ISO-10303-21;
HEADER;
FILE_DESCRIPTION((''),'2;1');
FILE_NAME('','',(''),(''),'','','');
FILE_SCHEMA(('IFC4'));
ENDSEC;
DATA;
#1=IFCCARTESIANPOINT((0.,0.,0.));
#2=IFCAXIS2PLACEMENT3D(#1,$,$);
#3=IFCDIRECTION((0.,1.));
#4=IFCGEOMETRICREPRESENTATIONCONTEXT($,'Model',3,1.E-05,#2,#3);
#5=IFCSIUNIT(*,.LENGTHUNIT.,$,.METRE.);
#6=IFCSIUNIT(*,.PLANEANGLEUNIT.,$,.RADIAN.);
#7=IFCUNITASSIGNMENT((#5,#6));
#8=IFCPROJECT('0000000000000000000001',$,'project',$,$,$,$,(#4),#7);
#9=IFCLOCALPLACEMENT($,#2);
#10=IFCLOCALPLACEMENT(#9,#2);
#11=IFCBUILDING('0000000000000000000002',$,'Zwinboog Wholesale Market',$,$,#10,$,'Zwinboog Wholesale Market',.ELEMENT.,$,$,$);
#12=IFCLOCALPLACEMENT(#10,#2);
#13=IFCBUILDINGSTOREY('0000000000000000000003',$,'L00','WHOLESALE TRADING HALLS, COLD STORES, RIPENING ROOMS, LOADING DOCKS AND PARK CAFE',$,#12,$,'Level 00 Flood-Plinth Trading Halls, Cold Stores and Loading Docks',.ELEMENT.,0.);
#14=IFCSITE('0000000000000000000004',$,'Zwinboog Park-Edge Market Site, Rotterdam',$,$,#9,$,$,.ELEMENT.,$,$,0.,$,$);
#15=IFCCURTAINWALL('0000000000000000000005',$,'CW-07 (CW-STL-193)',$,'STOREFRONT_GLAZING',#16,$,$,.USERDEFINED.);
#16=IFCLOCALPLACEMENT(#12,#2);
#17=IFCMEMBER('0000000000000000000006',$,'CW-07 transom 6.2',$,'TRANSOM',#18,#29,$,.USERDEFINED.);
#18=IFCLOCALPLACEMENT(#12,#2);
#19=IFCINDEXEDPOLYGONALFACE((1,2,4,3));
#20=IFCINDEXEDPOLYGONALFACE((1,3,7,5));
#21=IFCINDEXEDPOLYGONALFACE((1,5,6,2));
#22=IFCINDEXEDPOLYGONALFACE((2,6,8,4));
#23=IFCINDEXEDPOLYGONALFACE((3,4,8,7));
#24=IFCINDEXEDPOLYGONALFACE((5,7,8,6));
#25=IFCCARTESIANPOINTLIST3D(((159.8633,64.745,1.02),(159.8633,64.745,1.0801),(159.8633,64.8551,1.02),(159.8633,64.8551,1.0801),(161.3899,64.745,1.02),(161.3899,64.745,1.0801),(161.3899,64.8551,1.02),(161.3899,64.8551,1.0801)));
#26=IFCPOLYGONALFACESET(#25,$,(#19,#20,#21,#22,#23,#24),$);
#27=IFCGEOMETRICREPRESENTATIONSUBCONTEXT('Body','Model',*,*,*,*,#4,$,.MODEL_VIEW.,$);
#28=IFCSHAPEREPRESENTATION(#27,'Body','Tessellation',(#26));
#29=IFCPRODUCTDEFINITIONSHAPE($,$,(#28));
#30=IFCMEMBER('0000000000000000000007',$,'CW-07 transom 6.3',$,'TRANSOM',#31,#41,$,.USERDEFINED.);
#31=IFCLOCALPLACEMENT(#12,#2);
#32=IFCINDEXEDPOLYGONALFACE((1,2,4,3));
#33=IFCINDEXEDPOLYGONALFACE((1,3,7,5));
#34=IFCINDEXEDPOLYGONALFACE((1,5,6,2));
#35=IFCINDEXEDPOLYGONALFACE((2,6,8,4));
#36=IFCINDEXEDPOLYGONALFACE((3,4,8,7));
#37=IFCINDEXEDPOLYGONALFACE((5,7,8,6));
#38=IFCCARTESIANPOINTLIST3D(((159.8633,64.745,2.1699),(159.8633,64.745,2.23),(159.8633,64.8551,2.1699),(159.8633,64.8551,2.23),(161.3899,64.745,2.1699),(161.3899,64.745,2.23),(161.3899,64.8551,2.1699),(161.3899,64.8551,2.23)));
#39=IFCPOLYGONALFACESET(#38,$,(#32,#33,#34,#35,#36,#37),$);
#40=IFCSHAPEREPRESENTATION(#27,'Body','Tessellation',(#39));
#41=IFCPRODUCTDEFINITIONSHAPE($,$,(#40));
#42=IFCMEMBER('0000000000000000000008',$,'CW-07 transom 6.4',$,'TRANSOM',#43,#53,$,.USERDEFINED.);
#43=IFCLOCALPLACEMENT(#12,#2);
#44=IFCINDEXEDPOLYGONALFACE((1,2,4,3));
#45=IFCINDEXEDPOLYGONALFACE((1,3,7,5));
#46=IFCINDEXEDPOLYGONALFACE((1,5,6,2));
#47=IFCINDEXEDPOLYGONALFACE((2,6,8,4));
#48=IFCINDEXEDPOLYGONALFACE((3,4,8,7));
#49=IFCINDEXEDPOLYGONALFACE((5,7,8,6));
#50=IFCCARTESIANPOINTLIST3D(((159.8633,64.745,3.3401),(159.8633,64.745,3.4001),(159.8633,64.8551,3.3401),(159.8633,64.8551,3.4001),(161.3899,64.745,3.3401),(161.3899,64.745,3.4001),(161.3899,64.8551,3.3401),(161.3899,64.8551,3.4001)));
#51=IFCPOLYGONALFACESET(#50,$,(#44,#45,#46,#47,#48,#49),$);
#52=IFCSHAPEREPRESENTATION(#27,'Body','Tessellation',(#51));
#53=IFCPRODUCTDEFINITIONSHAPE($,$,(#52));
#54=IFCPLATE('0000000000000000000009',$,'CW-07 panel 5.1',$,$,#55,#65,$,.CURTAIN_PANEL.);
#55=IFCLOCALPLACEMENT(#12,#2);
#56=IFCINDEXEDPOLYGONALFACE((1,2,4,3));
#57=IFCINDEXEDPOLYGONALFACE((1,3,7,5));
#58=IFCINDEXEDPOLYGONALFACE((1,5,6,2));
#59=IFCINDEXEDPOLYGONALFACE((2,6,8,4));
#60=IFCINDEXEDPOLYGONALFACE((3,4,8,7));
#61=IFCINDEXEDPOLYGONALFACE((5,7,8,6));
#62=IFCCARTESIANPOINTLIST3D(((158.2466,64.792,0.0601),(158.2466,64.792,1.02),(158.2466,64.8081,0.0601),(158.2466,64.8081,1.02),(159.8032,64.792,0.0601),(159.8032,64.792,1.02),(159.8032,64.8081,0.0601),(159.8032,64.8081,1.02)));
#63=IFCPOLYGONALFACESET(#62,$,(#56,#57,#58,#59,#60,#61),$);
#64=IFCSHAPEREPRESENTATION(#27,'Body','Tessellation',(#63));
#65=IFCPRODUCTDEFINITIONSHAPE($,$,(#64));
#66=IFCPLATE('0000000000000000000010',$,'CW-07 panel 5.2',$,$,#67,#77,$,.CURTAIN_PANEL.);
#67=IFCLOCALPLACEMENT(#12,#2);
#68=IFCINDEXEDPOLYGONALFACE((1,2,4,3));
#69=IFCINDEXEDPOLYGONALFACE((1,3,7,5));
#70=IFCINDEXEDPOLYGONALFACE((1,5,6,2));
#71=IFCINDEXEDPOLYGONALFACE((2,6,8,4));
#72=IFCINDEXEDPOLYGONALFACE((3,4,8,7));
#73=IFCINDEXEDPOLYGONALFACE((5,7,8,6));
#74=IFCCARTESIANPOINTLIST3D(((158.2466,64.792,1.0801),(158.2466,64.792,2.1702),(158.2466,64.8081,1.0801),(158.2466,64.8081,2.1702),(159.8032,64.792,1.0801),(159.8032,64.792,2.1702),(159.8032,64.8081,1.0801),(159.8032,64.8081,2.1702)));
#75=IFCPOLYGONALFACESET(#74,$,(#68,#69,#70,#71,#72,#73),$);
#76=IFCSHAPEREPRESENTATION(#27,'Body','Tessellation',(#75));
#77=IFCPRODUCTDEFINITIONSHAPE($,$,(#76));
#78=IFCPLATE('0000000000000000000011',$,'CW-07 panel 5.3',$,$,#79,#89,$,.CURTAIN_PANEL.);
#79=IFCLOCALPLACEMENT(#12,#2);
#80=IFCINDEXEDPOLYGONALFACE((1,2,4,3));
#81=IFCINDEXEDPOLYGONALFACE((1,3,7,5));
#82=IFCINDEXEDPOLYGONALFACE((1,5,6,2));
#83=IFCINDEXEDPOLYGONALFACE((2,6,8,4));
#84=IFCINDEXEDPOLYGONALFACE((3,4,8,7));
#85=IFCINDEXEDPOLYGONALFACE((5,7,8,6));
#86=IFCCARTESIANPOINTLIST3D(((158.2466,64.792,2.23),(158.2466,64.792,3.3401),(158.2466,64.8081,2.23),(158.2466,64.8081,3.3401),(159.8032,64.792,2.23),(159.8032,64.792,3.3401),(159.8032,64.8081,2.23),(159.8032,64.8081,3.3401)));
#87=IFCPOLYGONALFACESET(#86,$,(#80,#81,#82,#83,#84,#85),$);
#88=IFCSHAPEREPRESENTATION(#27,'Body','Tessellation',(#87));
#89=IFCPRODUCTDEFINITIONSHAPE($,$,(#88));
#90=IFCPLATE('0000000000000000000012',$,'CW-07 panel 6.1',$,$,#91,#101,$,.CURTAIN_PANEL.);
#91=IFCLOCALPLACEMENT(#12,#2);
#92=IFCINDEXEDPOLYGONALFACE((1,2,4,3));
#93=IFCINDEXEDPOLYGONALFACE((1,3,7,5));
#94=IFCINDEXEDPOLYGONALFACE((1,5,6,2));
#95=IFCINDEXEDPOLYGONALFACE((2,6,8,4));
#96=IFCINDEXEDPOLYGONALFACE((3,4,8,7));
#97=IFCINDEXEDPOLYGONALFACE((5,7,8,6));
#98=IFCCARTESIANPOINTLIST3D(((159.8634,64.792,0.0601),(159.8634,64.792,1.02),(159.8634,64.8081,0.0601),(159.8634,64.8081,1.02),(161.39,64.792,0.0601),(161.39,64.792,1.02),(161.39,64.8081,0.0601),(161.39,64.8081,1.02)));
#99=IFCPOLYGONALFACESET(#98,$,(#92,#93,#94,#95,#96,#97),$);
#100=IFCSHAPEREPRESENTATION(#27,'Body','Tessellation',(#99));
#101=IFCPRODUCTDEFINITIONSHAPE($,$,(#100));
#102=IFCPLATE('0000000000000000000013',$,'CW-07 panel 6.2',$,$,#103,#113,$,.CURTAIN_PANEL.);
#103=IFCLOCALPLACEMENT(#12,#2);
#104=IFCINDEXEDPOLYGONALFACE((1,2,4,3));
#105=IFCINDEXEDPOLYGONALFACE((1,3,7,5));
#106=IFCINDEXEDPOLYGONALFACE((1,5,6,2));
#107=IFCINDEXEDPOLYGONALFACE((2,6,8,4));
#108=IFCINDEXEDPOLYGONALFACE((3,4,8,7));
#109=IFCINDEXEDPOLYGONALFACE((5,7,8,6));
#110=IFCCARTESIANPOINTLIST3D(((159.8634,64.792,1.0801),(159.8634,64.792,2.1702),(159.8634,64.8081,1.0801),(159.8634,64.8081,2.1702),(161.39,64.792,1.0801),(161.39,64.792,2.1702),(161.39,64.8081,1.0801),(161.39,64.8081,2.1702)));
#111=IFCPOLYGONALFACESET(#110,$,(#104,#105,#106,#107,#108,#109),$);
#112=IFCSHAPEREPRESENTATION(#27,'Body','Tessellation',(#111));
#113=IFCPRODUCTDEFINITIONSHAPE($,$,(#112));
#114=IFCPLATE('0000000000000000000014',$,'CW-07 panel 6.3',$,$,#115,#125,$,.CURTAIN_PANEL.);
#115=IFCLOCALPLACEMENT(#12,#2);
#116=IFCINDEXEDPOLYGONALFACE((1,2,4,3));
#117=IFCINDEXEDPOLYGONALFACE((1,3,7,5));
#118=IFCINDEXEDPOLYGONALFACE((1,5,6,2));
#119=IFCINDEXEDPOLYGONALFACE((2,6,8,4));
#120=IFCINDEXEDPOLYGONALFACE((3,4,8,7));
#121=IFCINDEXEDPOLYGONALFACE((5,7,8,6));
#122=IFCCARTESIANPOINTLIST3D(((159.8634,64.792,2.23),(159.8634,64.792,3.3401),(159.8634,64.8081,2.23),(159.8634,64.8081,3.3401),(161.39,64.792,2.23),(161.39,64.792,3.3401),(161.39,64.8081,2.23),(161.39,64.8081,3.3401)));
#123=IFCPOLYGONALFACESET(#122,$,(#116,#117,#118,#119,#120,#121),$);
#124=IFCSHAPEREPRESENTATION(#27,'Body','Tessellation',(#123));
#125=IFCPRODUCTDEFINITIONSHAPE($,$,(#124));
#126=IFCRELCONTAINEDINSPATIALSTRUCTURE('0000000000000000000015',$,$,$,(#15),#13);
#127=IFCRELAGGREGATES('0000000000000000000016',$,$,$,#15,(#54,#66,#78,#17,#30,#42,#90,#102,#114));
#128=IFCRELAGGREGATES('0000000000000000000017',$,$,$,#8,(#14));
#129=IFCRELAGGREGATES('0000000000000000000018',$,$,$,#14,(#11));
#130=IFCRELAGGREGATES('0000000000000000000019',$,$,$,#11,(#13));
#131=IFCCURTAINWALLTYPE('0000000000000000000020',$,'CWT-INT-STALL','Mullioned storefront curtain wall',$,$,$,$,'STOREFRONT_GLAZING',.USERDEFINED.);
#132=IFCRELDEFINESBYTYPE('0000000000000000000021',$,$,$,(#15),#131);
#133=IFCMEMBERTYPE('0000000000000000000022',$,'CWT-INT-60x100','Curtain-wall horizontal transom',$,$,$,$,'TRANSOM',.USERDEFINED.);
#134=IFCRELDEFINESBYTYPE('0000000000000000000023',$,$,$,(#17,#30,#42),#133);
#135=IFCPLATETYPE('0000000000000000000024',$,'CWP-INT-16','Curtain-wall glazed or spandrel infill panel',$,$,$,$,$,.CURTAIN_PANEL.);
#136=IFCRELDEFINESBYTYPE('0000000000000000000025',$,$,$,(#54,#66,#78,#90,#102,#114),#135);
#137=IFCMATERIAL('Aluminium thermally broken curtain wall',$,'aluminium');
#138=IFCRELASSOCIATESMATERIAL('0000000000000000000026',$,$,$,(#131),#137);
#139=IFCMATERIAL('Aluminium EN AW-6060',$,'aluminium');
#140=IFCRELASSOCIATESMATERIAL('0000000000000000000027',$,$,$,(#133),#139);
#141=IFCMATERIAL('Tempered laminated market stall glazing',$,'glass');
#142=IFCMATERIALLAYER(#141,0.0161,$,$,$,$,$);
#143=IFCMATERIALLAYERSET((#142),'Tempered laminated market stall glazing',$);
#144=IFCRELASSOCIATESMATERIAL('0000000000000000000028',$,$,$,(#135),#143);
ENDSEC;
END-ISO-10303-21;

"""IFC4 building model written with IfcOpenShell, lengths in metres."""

from ifc_helpers import new_model, si_unit, direction, frame, origin, origin_2d, place, context, subcontext, project, spatial, rectangle, extrude, material, layer, layer_set, material_profile, profile_set, type_object, element, aggregate, save


model = new_model("IFC4")

# Units and contexts
model_context = context("Model", 3, precision=1e-05, world=origin(), true_north=direction((0.0, 1.0)))
body_context = subcontext(model_context, "Body", "Model", "MODEL_VIEW")
ifc_project = project(units=[si_unit("LENGTHUNIT", "METRE"), si_unit("PLANEANGLEUNIT", "RADIAN")], contexts=[model_context])

# Site, building, storey
site_placement = place(None, origin())
site = spatial("IfcSite", under=ifc_project, at=site_placement, Name="Zwinboog Park-Edge Market Site, Rotterdam", CompositionType="ELEMENT", RefElevation=0.0)
building_placement = place(site_placement, origin())
building = spatial("IfcBuilding", under=site, at=building_placement, Name="Zwinboog Wholesale Market", LongName="Zwinboog Wholesale Market", CompositionType="ELEMENT")
storey_placement = place(building_placement, origin())
storey = spatial("IfcBuildingStorey", under=building, at=storey_placement, Name="L00", Description="WHOLESALE TRADING HALLS, COLD STORES, RIPENING ROOMS, LOADING DOCKS AND PARK CAFE", LongName="Level 00 Flood-Plinth Trading Halls, Cold Stores and Loading Docks", CompositionType="ELEMENT", Elevation=0.0)

# Curtain wall
ifc_material_1 = material(Name="Aluminium thermally broken curtain wall", Category="aluminium")
curtain_wall_type = type_object("IfcCurtainWallType", Name="CWT-INT-STALL", Description="Mullioned storefront curtain wall", ElementType="STOREFRONT_GLAZING", PredefinedType="USERDEFINED", material=ifc_material_1)
curtain_wall_1_placement = place(storey_placement, origin())
curtain_wall_1 = element("IfcCurtainWall", 1, at=curtain_wall_1_placement, inside=storey, type_object=curtain_wall_type, Name="CW-07 (CW-STL-193)", ObjectType="STOREFRONT_GLAZING", PredefinedType="USERDEFINED")
ifc_material_2 = material(Name="Aluminium EN AW-6060", Category="aluminium")

# Members
ifc_material_profile_1 = material_profile(ifc_material_2, rectangle(XDim=0.1101, YDim=0.0601, at=origin_2d()), Name="AL 60x110")
ifc_profile_set_1 = profile_set([ifc_material_profile_1], Name="Aluminium EN AW-6060")
member_type_1 = type_object("IfcMemberType", Name="CWT-INT-60x100", Description="Curtain-wall horizontal transom", ElementType="TRANSOM", PredefinedType="USERDEFINED", material=ifc_profile_set_1)
member_1_placement = place(storey_placement, frame((159.8633, 64.8, 1.05), z_axis=(1.0, 0.0, 0.0), x_axis=(0.0, 1.0, 0.0)))
member_1 = element("IfcMember", 2, at=member_1_placement, type_object=member_type_1, Name="CW-07 transom 6.2", ObjectType="TRANSOM", PredefinedType="USERDEFINED", context=body_context, shape_type="SweptSolid", body=[
    extrude(rectangle(XDim=0.1101, YDim=0.0601, at=origin_2d()), origin(), (0.0, 0.0, 1.0), 1.5266),
])
member_2_placement = place(storey_placement, frame((159.8633, 64.8, 2.2), z_axis=(1.0, 0.0, 0.0), x_axis=(0.0, 1.0, 0.0)))
member_2 = element("IfcMember", 3, at=member_2_placement, type_object=member_type_1, Name="CW-07 transom 6.3", ObjectType="TRANSOM", PredefinedType="USERDEFINED", context=body_context, shape_type="SweptSolid", body=[
    extrude(rectangle(XDim=0.1101, YDim=0.0601, at=origin_2d()), origin(), (0.0, 0.0, 1.0), 1.5266),
])
member_3_placement = place(storey_placement, frame((159.8633, 64.8, 3.3701), z_axis=(1.0, 0.0, 0.0), x_axis=(0.0, 1.0, 0.0)))
member_3 = element("IfcMember", 4, at=member_3_placement, type_object=member_type_1, Name="CW-07 transom 6.4", ObjectType="TRANSOM", PredefinedType="USERDEFINED", context=body_context, shape_type="SweptSolid", body=[
    extrude(rectangle(XDim=0.1101, YDim=0.0601, at=origin_2d()), origin(), (0.0, 0.0, 1.0), 1.5266),
])

# Plates
ifc_material_3 = material(Name="Tempered laminated market stall glazing", Category="glass")
ifc_layer = layer(ifc_material_3, 0.0161)
ifc_layer_set = layer_set([ifc_layer], Name="Tempered laminated market stall glazing")
plate_type = type_object("IfcPlateType", Name="CWP-INT-16", Description="Curtain-wall glazed or spandrel infill panel", PredefinedType="CURTAIN_PANEL", material=ifc_layer_set)
plate_1_placement = place(storey_placement, frame((159.0249, 64.8, 0.0601), z_axis=(0.0, 0.0, 1.0), x_axis=(1.0, 0.0, 0.0)))
plate_1 = element("IfcPlate", 5, at=plate_1_placement, type_object=plate_type, Name="CW-07 panel 5.1", PredefinedType="CURTAIN_PANEL", context=body_context, shape_type="SweptSolid", body=[
    extrude(rectangle(XDim=1.5566, YDim=0.0161, at=origin_2d()), origin(), (0.0, 0.0, 1.0), 0.96),
])
plate_2_placement = place(storey_placement, frame((159.0249, 64.8, 1.0801), z_axis=(0.0, 0.0, 1.0), x_axis=(1.0, 0.0, 0.0)))
plate_2 = element("IfcPlate", 6, at=plate_2_placement, type_object=plate_type, Name="CW-07 panel 5.2", PredefinedType="CURTAIN_PANEL", context=body_context, shape_type="SweptSolid", body=[
    extrude(rectangle(XDim=1.5566, YDim=0.0161, at=origin_2d()), origin(), (0.0, 0.0, 1.0), 1.0901),
])
plate_3_placement = place(storey_placement, frame((159.0249, 64.8, 2.23), z_axis=(0.0, 0.0, 1.0), x_axis=(1.0, 0.0, 0.0)))
plate_3 = element("IfcPlate", 7, at=plate_3_placement, type_object=plate_type, Name="CW-07 panel 5.3", PredefinedType="CURTAIN_PANEL", context=body_context, shape_type="SweptSolid", body=[
    extrude(rectangle(XDim=1.5566, YDim=0.0161, at=origin_2d()), origin(), (0.0, 0.0, 1.0), 1.1101),
])
plate_4_placement = place(storey_placement, frame((160.6267, 64.8, 0.0601), z_axis=(0.0, 0.0, 1.0), x_axis=(1.0, 0.0, 0.0)))
plate_4 = element("IfcPlate", 8, at=plate_4_placement, type_object=plate_type, Name="CW-07 panel 6.1", PredefinedType="CURTAIN_PANEL", context=body_context, shape_type="SweptSolid", body=[
    extrude(rectangle(XDim=1.5266, YDim=0.0161, at=origin_2d()), origin(), (0.0, 0.0, 1.0), 0.96),
])
plate_5_placement = place(storey_placement, frame((160.6267, 64.8, 1.0801), z_axis=(0.0, 0.0, 1.0), x_axis=(1.0, 0.0, 0.0)))
plate_5 = element("IfcPlate", 9, at=plate_5_placement, type_object=plate_type, Name="CW-07 panel 6.2", PredefinedType="CURTAIN_PANEL", context=body_context, shape_type="SweptSolid", body=[
    extrude(rectangle(XDim=1.5266, YDim=0.0161, at=origin_2d()), origin(), (0.0, 0.0, 1.0), 1.0901),
])
plate_6_placement = place(storey_placement, frame((160.6267, 64.8, 2.23), z_axis=(0.0, 0.0, 1.0), x_axis=(1.0, 0.0, 0.0)))
plate_6 = element("IfcPlate", 10, at=plate_6_placement, type_object=plate_type, Name="CW-07 panel 6.3", PredefinedType="CURTAIN_PANEL", context=body_context, shape_type="SweptSolid", body=[
    extrude(rectangle(XDim=1.5266, YDim=0.0161, at=origin_2d()), origin(), (0.0, 0.0, 1.0), 1.1101),
])
aggregate(curtain_wall_1, [plate_1, plate_2, plate_3, member_1, member_2, member_3, plate_4, plate_5, plate_6])

save(model, "model.ifc")
